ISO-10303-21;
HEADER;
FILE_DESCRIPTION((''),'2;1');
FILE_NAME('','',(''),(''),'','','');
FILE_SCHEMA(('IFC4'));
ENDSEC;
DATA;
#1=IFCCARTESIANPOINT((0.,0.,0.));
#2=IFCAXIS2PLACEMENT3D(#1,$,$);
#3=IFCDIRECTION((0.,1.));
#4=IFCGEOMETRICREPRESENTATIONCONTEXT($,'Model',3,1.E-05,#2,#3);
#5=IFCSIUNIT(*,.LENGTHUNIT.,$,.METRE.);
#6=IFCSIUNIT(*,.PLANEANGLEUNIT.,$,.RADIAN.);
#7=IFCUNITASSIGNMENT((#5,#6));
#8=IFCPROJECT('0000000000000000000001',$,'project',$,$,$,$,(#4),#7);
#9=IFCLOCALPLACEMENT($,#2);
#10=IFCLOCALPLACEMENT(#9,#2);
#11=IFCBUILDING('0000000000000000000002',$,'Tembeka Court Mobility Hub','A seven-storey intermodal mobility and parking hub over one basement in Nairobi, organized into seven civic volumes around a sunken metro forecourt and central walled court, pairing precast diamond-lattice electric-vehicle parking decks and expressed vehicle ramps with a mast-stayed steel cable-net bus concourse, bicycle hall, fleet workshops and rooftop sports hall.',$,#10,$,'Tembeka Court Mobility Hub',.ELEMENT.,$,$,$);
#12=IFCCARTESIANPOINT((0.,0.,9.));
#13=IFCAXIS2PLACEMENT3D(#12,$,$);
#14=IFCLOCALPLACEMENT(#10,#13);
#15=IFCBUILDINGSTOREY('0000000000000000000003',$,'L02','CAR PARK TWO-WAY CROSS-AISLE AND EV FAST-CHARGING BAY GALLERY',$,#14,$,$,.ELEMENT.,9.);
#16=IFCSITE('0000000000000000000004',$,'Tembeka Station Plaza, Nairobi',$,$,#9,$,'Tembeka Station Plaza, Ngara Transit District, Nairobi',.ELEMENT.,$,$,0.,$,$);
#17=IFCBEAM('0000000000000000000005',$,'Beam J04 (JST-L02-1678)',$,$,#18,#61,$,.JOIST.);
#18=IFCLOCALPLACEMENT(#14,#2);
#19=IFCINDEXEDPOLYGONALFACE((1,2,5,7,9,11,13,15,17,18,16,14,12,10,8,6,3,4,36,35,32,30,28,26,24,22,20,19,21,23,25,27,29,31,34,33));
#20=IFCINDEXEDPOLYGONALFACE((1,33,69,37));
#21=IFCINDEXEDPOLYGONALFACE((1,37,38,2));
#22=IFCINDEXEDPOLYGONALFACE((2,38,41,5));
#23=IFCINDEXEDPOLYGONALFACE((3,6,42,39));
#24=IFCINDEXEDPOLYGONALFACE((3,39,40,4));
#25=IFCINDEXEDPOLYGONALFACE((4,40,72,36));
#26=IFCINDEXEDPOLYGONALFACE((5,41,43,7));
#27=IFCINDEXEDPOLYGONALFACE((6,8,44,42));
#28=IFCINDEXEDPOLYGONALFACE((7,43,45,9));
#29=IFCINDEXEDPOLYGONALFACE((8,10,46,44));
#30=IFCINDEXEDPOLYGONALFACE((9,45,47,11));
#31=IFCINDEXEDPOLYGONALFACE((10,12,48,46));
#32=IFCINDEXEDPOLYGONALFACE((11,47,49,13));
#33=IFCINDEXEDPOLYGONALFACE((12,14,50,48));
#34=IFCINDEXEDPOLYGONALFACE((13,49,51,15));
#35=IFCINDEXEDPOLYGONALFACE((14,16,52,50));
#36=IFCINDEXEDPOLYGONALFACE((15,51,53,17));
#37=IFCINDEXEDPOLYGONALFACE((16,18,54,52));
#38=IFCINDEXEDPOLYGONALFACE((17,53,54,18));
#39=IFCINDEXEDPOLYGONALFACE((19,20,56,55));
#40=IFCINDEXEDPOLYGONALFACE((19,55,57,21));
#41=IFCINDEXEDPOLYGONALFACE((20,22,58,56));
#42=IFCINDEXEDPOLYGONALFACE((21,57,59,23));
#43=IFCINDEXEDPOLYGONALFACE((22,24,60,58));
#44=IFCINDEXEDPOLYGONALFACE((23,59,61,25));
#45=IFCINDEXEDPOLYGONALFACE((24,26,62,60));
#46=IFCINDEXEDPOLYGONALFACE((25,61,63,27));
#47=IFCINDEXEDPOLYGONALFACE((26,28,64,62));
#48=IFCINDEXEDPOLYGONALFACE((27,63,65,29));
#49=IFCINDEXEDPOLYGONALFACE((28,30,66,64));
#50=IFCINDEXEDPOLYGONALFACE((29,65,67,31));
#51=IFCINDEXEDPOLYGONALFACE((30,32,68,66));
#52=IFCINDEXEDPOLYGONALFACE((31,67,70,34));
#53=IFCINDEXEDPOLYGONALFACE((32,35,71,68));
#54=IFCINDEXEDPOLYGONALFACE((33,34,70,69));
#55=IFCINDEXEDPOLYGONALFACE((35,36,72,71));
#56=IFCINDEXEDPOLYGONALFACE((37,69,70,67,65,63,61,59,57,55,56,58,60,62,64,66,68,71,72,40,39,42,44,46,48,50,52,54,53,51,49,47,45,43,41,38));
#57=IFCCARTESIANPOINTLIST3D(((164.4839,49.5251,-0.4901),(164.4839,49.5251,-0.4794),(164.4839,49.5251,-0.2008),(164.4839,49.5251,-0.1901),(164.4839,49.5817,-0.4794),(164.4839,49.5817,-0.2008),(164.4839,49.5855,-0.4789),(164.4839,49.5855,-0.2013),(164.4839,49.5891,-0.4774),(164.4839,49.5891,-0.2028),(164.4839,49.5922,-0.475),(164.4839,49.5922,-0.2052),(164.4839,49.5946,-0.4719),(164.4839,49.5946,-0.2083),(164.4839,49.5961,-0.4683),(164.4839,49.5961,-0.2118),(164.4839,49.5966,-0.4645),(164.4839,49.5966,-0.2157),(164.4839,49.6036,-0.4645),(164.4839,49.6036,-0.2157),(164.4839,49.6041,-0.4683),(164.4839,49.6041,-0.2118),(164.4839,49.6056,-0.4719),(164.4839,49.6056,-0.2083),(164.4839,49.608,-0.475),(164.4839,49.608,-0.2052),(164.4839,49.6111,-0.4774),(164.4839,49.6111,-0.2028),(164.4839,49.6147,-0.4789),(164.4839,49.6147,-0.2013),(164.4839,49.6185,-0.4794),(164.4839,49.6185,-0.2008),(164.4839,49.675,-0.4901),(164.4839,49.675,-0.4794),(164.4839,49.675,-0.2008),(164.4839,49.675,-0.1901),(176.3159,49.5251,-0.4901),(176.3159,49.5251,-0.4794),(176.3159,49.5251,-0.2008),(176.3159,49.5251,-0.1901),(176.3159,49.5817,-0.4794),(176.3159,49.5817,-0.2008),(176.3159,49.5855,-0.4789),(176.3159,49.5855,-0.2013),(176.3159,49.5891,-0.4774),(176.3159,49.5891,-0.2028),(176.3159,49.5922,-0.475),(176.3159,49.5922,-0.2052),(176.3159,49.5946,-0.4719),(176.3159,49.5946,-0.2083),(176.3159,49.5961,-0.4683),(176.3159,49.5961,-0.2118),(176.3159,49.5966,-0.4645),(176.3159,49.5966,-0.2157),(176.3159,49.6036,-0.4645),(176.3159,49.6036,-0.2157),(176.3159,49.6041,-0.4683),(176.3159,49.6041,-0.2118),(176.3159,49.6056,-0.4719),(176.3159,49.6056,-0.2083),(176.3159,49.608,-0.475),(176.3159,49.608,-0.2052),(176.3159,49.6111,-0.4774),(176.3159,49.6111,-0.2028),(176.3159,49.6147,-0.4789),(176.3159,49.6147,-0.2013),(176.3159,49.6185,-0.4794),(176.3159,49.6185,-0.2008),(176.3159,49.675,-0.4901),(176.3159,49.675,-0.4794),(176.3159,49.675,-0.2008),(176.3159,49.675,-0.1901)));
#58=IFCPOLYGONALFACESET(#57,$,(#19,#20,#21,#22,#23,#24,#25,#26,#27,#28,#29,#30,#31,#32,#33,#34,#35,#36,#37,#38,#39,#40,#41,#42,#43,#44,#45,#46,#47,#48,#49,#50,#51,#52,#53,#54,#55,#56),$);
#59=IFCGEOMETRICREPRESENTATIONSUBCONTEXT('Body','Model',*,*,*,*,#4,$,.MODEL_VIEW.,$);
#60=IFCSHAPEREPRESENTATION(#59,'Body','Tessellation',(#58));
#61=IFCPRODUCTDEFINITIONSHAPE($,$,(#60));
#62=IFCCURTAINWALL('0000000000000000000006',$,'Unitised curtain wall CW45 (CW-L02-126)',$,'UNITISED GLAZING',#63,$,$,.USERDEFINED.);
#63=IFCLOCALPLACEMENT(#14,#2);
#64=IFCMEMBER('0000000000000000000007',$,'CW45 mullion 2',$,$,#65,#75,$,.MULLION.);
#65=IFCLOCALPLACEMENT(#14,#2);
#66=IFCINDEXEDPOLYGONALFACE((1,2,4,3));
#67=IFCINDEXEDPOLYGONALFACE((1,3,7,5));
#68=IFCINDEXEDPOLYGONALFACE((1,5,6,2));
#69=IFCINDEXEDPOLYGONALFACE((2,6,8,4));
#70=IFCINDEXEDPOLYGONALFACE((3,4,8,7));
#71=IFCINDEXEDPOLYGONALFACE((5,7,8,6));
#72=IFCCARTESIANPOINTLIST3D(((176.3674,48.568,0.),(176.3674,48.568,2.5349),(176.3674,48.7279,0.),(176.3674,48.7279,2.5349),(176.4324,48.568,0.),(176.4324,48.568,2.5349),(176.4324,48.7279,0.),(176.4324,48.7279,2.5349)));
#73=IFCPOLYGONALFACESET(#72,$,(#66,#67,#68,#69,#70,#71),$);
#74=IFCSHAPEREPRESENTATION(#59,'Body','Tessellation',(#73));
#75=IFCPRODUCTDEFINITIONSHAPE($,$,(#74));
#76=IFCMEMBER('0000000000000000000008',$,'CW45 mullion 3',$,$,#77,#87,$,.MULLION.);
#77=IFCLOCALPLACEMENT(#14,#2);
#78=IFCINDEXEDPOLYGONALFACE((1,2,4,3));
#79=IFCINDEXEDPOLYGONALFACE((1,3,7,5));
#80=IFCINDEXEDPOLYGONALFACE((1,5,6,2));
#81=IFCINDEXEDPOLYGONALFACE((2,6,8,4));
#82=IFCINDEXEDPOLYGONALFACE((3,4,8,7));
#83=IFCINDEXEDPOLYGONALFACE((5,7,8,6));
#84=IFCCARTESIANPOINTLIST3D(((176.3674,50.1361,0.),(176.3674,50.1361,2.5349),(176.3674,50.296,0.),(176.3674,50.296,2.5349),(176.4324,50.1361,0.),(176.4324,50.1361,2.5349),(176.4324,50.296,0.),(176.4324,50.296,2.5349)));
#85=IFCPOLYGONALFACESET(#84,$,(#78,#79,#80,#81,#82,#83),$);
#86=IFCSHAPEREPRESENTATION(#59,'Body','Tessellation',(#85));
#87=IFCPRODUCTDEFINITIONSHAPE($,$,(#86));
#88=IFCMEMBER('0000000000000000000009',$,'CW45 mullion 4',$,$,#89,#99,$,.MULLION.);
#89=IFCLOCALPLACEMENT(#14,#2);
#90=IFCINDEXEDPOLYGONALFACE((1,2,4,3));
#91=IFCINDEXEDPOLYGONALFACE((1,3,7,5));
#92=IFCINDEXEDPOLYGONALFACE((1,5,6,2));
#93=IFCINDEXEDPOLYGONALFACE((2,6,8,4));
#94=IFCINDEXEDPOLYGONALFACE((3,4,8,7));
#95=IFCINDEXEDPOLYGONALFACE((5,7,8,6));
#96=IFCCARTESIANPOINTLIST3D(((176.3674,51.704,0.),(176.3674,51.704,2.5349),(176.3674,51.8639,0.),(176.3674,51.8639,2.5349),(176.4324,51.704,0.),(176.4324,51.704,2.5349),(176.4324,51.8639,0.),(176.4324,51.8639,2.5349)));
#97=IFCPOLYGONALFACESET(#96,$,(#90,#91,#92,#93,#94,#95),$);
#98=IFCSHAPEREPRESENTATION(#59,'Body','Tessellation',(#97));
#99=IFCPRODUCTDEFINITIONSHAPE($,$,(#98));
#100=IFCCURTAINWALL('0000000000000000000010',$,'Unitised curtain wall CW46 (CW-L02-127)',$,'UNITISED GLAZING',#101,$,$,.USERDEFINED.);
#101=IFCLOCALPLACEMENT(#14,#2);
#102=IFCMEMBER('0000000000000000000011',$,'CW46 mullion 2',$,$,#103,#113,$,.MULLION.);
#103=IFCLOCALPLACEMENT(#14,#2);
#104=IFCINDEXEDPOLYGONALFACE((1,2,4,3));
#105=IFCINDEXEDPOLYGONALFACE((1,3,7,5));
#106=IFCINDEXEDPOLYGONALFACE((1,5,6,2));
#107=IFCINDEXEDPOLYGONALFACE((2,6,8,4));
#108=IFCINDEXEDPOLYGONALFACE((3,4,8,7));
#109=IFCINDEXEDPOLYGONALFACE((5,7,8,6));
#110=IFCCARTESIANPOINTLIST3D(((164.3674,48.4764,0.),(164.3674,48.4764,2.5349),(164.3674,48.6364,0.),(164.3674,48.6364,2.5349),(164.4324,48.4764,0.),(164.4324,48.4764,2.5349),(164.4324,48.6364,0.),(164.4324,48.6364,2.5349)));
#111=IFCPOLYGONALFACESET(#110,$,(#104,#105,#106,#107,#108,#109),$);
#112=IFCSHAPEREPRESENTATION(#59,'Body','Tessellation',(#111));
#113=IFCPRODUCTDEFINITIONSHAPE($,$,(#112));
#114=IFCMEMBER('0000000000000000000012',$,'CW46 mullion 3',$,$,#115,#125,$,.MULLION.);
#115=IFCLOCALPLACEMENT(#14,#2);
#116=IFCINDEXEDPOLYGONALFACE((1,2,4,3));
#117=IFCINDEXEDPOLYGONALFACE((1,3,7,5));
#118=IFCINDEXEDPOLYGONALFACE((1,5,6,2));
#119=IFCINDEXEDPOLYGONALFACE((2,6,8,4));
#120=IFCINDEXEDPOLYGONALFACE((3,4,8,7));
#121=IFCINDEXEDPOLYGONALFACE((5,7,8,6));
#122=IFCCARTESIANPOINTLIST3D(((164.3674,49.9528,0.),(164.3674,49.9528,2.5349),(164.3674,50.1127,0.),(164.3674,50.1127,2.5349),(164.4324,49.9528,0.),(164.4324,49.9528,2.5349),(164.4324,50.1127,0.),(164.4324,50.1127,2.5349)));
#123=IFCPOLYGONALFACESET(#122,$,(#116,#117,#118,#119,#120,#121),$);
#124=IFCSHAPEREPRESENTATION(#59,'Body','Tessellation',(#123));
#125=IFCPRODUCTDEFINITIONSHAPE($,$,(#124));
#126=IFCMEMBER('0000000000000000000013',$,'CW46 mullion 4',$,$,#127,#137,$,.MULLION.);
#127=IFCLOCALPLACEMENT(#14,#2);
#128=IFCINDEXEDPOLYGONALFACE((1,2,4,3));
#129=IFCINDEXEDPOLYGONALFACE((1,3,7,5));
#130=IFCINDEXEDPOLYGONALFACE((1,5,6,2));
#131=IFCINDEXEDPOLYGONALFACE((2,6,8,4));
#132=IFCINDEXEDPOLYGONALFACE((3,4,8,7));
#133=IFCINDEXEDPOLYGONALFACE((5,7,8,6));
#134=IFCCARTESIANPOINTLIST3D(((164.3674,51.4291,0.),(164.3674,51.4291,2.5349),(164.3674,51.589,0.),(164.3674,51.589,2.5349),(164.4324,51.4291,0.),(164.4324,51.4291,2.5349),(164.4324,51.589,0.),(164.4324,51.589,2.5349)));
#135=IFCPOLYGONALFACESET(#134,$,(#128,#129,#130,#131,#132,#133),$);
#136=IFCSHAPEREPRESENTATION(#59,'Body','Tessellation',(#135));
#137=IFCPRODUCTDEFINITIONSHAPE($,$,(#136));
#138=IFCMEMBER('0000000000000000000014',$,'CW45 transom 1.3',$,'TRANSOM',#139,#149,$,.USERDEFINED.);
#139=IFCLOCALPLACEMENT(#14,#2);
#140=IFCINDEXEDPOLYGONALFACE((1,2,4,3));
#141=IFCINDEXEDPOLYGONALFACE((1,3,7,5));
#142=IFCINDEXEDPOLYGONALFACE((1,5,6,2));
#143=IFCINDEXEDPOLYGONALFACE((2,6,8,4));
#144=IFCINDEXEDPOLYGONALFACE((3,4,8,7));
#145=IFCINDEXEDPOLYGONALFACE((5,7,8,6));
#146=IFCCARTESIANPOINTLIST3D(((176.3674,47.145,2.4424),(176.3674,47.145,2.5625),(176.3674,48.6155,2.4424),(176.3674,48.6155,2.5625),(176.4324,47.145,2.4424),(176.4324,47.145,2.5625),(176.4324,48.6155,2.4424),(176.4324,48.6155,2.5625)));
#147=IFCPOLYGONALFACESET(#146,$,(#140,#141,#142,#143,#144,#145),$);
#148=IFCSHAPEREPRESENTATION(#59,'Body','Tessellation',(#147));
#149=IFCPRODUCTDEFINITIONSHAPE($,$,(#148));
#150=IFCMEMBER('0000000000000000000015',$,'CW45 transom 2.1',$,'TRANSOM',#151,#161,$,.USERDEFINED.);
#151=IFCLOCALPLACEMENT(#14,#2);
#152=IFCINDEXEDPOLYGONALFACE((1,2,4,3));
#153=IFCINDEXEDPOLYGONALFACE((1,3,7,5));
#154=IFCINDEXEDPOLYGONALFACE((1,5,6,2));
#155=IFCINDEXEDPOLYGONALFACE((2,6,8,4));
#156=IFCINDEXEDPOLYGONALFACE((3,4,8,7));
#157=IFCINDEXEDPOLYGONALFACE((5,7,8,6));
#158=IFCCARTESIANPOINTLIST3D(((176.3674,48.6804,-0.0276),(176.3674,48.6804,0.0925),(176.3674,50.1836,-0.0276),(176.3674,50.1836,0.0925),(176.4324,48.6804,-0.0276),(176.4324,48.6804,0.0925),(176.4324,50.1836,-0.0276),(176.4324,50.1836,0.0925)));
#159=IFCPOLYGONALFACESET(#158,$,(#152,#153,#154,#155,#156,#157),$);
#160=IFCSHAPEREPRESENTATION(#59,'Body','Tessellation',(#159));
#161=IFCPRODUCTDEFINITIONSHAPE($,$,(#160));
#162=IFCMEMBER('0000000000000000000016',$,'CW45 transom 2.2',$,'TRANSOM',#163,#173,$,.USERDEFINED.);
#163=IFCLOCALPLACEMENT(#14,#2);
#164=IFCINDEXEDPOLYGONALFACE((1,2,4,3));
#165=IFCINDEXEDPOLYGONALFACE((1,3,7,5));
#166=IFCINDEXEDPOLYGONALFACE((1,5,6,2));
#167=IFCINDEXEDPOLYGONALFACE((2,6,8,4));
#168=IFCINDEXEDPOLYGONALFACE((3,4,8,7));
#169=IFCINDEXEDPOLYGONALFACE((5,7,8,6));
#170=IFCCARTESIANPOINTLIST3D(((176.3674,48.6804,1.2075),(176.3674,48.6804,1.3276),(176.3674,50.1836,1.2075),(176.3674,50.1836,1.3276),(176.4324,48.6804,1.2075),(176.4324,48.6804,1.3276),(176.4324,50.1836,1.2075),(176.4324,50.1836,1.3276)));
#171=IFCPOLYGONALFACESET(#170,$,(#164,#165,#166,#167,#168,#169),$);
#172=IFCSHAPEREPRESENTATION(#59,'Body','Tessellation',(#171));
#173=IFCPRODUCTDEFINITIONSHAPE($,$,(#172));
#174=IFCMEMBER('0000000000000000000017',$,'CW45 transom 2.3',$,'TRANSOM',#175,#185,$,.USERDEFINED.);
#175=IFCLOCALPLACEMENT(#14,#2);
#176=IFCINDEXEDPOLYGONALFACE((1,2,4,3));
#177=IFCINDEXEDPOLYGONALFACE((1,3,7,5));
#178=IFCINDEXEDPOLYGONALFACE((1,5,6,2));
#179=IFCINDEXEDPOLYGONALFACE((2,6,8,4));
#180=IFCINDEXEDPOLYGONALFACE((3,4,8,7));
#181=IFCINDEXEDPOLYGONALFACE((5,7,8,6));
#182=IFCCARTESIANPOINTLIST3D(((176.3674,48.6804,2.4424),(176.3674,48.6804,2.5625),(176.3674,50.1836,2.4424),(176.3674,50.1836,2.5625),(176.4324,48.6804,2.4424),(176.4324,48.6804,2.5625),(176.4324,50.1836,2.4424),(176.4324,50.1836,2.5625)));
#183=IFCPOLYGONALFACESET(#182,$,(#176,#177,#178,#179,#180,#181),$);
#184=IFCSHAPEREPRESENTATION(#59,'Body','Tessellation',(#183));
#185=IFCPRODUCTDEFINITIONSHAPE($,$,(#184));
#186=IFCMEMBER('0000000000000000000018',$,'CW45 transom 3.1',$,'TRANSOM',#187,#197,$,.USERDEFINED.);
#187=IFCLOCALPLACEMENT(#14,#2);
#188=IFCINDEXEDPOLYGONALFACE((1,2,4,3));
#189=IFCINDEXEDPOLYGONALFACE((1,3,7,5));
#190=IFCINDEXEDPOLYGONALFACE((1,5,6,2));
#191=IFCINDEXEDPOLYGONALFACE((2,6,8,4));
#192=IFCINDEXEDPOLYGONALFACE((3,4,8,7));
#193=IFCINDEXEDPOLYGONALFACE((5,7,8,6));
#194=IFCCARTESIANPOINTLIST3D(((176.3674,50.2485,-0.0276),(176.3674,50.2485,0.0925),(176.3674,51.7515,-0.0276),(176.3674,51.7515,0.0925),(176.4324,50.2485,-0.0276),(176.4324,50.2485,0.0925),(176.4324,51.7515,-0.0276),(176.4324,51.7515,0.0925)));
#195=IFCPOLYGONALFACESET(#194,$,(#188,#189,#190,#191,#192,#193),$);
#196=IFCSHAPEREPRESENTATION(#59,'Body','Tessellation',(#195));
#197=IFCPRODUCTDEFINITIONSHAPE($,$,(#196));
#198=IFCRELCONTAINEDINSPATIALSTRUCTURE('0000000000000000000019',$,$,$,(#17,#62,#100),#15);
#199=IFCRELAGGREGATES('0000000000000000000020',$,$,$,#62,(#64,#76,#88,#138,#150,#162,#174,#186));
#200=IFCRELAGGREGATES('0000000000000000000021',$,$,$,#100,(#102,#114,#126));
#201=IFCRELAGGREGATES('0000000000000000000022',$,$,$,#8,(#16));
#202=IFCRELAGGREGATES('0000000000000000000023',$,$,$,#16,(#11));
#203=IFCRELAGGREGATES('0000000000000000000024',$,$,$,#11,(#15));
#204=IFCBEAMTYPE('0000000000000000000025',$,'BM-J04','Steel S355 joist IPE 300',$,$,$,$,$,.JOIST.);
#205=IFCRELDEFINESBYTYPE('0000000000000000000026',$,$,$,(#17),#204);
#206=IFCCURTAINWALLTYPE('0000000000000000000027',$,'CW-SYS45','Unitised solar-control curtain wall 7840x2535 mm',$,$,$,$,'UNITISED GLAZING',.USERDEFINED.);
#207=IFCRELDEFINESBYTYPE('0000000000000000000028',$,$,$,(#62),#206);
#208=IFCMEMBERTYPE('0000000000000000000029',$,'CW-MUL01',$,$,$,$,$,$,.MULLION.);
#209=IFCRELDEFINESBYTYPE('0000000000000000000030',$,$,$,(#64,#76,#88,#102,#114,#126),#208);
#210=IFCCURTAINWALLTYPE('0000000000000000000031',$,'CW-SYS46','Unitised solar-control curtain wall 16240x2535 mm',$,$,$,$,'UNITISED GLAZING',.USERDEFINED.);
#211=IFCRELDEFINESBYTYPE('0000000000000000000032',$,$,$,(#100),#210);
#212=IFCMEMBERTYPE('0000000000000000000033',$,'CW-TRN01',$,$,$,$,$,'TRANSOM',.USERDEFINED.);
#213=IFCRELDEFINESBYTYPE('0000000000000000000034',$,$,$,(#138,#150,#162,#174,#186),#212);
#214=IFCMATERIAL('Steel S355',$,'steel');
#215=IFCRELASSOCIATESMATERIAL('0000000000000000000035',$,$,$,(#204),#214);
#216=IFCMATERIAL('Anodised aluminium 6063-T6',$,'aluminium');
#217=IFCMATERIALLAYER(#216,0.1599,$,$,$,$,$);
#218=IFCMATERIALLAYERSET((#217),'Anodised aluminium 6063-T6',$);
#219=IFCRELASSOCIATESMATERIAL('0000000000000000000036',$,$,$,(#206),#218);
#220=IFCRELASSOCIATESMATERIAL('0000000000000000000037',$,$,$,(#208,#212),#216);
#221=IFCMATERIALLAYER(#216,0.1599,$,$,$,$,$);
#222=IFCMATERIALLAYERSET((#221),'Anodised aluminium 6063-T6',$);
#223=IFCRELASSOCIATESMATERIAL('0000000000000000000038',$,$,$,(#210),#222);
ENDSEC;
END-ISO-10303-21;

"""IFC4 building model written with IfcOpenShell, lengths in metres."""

from ifc_helpers import new_model, si_unit, direction, frame, origin, origin_2d, place, context, subcontext, project, spatial, rectangle, i_section, extrude, material, layer, layer_set, material_profile, profile_set, type_object, element, aggregate, save


model = new_model("IFC4")

# Units and contexts
model_context = context("Model", 3, precision=1e-05, world=origin(), true_north=direction((0.0, 1.0)))
body_context = subcontext(model_context, "Body", "Model", "MODEL_VIEW")
ifc_project = project(units=[si_unit("LENGTHUNIT", "METRE"), si_unit("PLANEANGLEUNIT", "RADIAN")], contexts=[model_context])

# Site, building, storey
site_placement = place(None, origin())
site = spatial("IfcSite", under=ifc_project, at=site_placement, Name="Tembeka Station Plaza, Nairobi", LongName="Tembeka Station Plaza, Ngara Transit District, Nairobi", CompositionType="ELEMENT", RefElevation=0.0)
building_placement = place(site_placement, origin())
building = spatial("IfcBuilding", under=site, at=building_placement, Name="Tembeka Court Mobility Hub", Description="A seven-storey intermodal mobility and parking hub over one basement in Nairobi, organized into seven civic volumes around a sunken metro forecourt and central walled court, pairing precast diamond-lattice electric-vehicle parking decks and expressed vehicle ramps with a mast-stayed steel cable-net bus concourse, bicycle hall, fleet workshops and rooftop sports hall.", LongName="Tembeka Court Mobility Hub", CompositionType="ELEMENT")
storey_placement = place(building_placement, frame((0.0, 0.0, 9.0)))
storey = spatial("IfcBuildingStorey", under=building, at=storey_placement, Name="L02", Description="CAR PARK TWO-WAY CROSS-AISLE AND EV FAST-CHARGING BAY GALLERY", CompositionType="ELEMENT", Elevation=9.0)

# Beam
ifc_material_1 = material(Name="Steel S355", Category="steel")
ifc_material_profile_1 = material_profile(ifc_material_1, i_section(OverallWidth=0.1499, OverallDepth=0.3, WebThickness=0.0071, FlangeThickness=0.0107, FilletRadius=0.0149, at=origin_2d()), Name="IPE 300")
ifc_profile_set_1 = profile_set([ifc_material_profile_1], Name="Steel S355")
beam_type = type_object("IfcBeamType", Name="BM-J04", Description="Steel S355 joist IPE 300", PredefinedType="JOIST", material=ifc_profile_set_1)
beam_placement = place(storey_placement, frame((164.4839, 49.6001, -0.3401), z_axis=(1.0, 0.0, 0.0), x_axis=(0.0, 1.0, 0.0)))
element("IfcBeam", 1, at=beam_placement, inside=storey, type_object=beam_type, Name="Beam J04 (JST-L02-1678)", PredefinedType="JOIST", context=body_context, shape_type="SweptSolid", body=[
    extrude(i_section(OverallWidth=0.1499, OverallDepth=0.3, WebThickness=0.0071, FlangeThickness=0.0107, FilletRadius=0.0149, at=origin_2d()), origin(), (0.0, 0.0, 1.0), 11.832),
])

# Curtain walls, members
ifc_material_2 = material(Name="Anodised aluminium 6063-T6", Category="aluminium")
ifc_layer_1 = layer(ifc_material_2, 0.1599)
ifc_layer_set_1 = layer_set([ifc_layer_1], Name="Anodised aluminium 6063-T6")
curtain_wall_type_1 = type_object("IfcCurtainWallType", Name="CW-SYS45", Description="Unitised solar-control curtain wall 7840x2535 mm", ElementType="UNITISED GLAZING", PredefinedType="USERDEFINED", material=ifc_layer_set_1)
curtain_wall_1_placement = place(storey_placement, origin())
curtain_wall_1 = element("IfcCurtainWall", 2, at=curtain_wall_1_placement, inside=storey, type_object=curtain_wall_type_1, Name="Unitised curtain wall CW45 (CW-L02-126)", ObjectType="UNITISED GLAZING", PredefinedType="USERDEFINED")
ifc_material_profile_2 = material_profile(ifc_material_2, rectangle(XDim=0.0649, YDim=0.1599, at=origin_2d()), Name="ALU-MUL 65x160")
ifc_profile_set_2 = profile_set([ifc_material_profile_2], Name="Anodised aluminium 6063-T6")
member_type_1 = type_object("IfcMemberType", Name="CW-MUL01", PredefinedType="MULLION", material=ifc_profile_set_2)
member_1_placement = place(storey_placement, frame((176.3999, 48.6479, 0.0), z_axis=(0.0, 0.0, 1.0), x_axis=(-1.0, 0.0, 0.0)))
member_1 = element("IfcMember", 3, at=member_1_placement, type_object=member_type_1, Name="CW45 mullion 2", PredefinedType="MULLION", context=body_context, shape_type="SweptSolid", body=[
    extrude(rectangle(XDim=0.0649, YDim=0.1599, at=origin_2d()), origin(), (0.0, 0.0, 1.0), 2.5349),
])
member_2_placement = place(storey_placement, frame((176.3999, 50.2161, 0.0), z_axis=(0.0, 0.0, 1.0), x_axis=(-1.0, 0.0, 0.0)))
member_2 = element("IfcMember", 4, at=member_2_placement, type_object=member_type_1, Name="CW45 mullion 3", PredefinedType="MULLION", context=body_context, shape_type="SweptSolid", body=[
    extrude(rectangle(XDim=0.0649, YDim=0.1599, at=origin_2d()), origin(), (0.0, 0.0, 1.0), 2.5349),
])
member_3_placement = place(storey_placement, frame((176.3999, 51.7839, 0.0), z_axis=(0.0, 0.0, 1.0), x_axis=(-1.0, 0.0, 0.0)))
member_3 = element("IfcMember", 5, at=member_3_placement, type_object=member_type_1, Name="CW45 mullion 4", PredefinedType="MULLION", context=body_context, shape_type="SweptSolid", body=[
    extrude(rectangle(XDim=0.0649, YDim=0.1599, at=origin_2d()), origin(), (0.0, 0.0, 1.0), 2.5349),
])
ifc_layer_2 = layer(ifc_material_2, 0.1599)
ifc_layer_set_2 = layer_set([ifc_layer_2], Name="Anodised aluminium 6063-T6")
curtain_wall_type_2 = type_object("IfcCurtainWallType", Name="CW-SYS46", Description="Unitised solar-control curtain wall 16240x2535 mm", ElementType="UNITISED GLAZING", PredefinedType="USERDEFINED", material=ifc_layer_set_2)
curtain_wall_2_placement = place(storey_placement, origin())
curtain_wall_2 = element("IfcCurtainWall", 6, at=curtain_wall_2_placement, inside=storey, type_object=curtain_wall_type_2, Name="Unitised curtain wall CW46 (CW-L02-127)", ObjectType="UNITISED GLAZING", PredefinedType="USERDEFINED")
member_4_placement = place(storey_placement, frame((164.3999, 48.5564, 0.0), z_axis=(0.0, 0.0, 1.0), x_axis=(-1.0, 0.0, 0.0)))
member_4 = element("IfcMember", 7, at=member_4_placement, type_object=member_type_1, Name="CW46 mullion 2", PredefinedType="MULLION", context=body_context, shape_type="SweptSolid", body=[
    extrude(rectangle(XDim=0.0649, YDim=0.1599, at=origin_2d()), origin(), (0.0, 0.0, 1.0), 2.5349),
])
member_5_placement = place(storey_placement, frame((164.3999, 50.0327, 0.0), z_axis=(0.0, 0.0, 1.0), x_axis=(-1.0, 0.0, 0.0)))
member_5 = element("IfcMember", 8, at=member_5_placement, type_object=member_type_1, Name="CW46 mullion 3", PredefinedType="MULLION", context=body_context, shape_type="SweptSolid", body=[
    extrude(rectangle(XDim=0.0649, YDim=0.1599, at=origin_2d()), origin(), (0.0, 0.0, 1.0), 2.5349),
])
member_6_placement = place(storey_placement, frame((164.3999, 51.509, 0.0), z_axis=(0.0, 0.0, 1.0), x_axis=(-1.0, 0.0, 0.0)))
member_6 = element("IfcMember", 9, at=member_6_placement, type_object=member_type_1, Name="CW46 mullion 4", PredefinedType="MULLION", context=body_context, shape_type="SweptSolid", body=[
    extrude(rectangle(XDim=0.0649, YDim=0.1599, at=origin_2d()), origin(), (0.0, 0.0, 1.0), 2.5349),
])

# Members
ifc_material_profile_3 = material_profile(ifc_material_2, rectangle(XDim=0.0649, YDim=0.1201, at=origin_2d()), Name="ALU-TRN 65x120")
ifc_profile_set_3 = profile_set([ifc_material_profile_3], Name="Anodised aluminium 6063-T6")
member_type_2 = type_object("IfcMemberType", Name="CW-TRN01", ElementType="TRANSOM", PredefinedType="USERDEFINED", material=ifc_profile_set_3)
member_7_placement = place(storey_placement, frame((176.3999, 47.145, 2.5024), z_axis=(0.0, 1.0, 0.0), x_axis=(-1.0, 0.0, 0.0)))
member_7 = element("IfcMember", 10, at=member_7_placement, type_object=member_type_2, Name="CW45 transom 1.3", ObjectType="TRANSOM", PredefinedType="USERDEFINED", context=body_context, shape_type="SweptSolid", body=[
    extrude(rectangle(XDim=0.0649, YDim=0.1201, at=origin_2d()), origin(), (0.0, 0.0, 1.0), 1.4705),
])
member_8_placement = place(storey_placement, frame((176.3999, 48.6804, 0.0325), z_axis=(0.0, 1.0, 0.0), x_axis=(-1.0, 0.0, 0.0)))
member_8 = element("IfcMember", 11, at=member_8_placement, type_object=member_type_2, Name="CW45 transom 2.1", ObjectType="TRANSOM", PredefinedType="USERDEFINED", context=body_context, shape_type="SweptSolid", body=[
    extrude(rectangle(XDim=0.0649, YDim=0.1201, at=origin_2d()), origin(), (0.0, 0.0, 1.0), 1.5032),
])
member_9_placement = place(storey_placement, frame((176.3999, 48.6804, 1.2676), z_axis=(0.0, 1.0, 0.0), x_axis=(-1.0, 0.0, 0.0)))
member_9 = element("IfcMember", 12, at=member_9_placement, type_object=member_type_2, Name="CW45 transom 2.2", ObjectType="TRANSOM", PredefinedType="USERDEFINED", context=body_context, shape_type="SweptSolid", body=[
    extrude(rectangle(XDim=0.0649, YDim=0.1201, at=origin_2d()), origin(), (0.0, 0.0, 1.0), 1.5032),
])
member_10_placement = place(storey_placement, frame((176.3999, 48.6804, 2.5024), z_axis=(0.0, 1.0, 0.0), x_axis=(-1.0, 0.0, 0.0)))
member_10 = element("IfcMember", 13, at=member_10_placement, type_object=member_type_2, Name="CW45 transom 2.3", ObjectType="TRANSOM", PredefinedType="USERDEFINED", context=body_context, shape_type="SweptSolid", body=[
    extrude(rectangle(XDim=0.0649, YDim=0.1201, at=origin_2d()), origin(), (0.0, 0.0, 1.0), 1.5032),
])
member_11_placement = place(storey_placement, frame((176.3999, 50.2485, 0.0325), z_axis=(0.0, 1.0, 0.0), x_axis=(-1.0, 0.0, 0.0)))
member_11 = element("IfcMember", 14, at=member_11_placement, type_object=member_type_2, Name="CW45 transom 3.1", ObjectType="TRANSOM", PredefinedType="USERDEFINED", context=body_context, shape_type="SweptSolid", body=[
    extrude(rectangle(XDim=0.0649, YDim=0.1201, at=origin_2d()), origin(), (0.0, 0.0, 1.0), 1.5029),
])

aggregate(curtain_wall_1, [member_1, member_2, member_3, member_7, member_8, member_9, member_10, member_11])
aggregate(curtain_wall_2, [member_4, member_5, member_6])

save(model, "model.ifc")
